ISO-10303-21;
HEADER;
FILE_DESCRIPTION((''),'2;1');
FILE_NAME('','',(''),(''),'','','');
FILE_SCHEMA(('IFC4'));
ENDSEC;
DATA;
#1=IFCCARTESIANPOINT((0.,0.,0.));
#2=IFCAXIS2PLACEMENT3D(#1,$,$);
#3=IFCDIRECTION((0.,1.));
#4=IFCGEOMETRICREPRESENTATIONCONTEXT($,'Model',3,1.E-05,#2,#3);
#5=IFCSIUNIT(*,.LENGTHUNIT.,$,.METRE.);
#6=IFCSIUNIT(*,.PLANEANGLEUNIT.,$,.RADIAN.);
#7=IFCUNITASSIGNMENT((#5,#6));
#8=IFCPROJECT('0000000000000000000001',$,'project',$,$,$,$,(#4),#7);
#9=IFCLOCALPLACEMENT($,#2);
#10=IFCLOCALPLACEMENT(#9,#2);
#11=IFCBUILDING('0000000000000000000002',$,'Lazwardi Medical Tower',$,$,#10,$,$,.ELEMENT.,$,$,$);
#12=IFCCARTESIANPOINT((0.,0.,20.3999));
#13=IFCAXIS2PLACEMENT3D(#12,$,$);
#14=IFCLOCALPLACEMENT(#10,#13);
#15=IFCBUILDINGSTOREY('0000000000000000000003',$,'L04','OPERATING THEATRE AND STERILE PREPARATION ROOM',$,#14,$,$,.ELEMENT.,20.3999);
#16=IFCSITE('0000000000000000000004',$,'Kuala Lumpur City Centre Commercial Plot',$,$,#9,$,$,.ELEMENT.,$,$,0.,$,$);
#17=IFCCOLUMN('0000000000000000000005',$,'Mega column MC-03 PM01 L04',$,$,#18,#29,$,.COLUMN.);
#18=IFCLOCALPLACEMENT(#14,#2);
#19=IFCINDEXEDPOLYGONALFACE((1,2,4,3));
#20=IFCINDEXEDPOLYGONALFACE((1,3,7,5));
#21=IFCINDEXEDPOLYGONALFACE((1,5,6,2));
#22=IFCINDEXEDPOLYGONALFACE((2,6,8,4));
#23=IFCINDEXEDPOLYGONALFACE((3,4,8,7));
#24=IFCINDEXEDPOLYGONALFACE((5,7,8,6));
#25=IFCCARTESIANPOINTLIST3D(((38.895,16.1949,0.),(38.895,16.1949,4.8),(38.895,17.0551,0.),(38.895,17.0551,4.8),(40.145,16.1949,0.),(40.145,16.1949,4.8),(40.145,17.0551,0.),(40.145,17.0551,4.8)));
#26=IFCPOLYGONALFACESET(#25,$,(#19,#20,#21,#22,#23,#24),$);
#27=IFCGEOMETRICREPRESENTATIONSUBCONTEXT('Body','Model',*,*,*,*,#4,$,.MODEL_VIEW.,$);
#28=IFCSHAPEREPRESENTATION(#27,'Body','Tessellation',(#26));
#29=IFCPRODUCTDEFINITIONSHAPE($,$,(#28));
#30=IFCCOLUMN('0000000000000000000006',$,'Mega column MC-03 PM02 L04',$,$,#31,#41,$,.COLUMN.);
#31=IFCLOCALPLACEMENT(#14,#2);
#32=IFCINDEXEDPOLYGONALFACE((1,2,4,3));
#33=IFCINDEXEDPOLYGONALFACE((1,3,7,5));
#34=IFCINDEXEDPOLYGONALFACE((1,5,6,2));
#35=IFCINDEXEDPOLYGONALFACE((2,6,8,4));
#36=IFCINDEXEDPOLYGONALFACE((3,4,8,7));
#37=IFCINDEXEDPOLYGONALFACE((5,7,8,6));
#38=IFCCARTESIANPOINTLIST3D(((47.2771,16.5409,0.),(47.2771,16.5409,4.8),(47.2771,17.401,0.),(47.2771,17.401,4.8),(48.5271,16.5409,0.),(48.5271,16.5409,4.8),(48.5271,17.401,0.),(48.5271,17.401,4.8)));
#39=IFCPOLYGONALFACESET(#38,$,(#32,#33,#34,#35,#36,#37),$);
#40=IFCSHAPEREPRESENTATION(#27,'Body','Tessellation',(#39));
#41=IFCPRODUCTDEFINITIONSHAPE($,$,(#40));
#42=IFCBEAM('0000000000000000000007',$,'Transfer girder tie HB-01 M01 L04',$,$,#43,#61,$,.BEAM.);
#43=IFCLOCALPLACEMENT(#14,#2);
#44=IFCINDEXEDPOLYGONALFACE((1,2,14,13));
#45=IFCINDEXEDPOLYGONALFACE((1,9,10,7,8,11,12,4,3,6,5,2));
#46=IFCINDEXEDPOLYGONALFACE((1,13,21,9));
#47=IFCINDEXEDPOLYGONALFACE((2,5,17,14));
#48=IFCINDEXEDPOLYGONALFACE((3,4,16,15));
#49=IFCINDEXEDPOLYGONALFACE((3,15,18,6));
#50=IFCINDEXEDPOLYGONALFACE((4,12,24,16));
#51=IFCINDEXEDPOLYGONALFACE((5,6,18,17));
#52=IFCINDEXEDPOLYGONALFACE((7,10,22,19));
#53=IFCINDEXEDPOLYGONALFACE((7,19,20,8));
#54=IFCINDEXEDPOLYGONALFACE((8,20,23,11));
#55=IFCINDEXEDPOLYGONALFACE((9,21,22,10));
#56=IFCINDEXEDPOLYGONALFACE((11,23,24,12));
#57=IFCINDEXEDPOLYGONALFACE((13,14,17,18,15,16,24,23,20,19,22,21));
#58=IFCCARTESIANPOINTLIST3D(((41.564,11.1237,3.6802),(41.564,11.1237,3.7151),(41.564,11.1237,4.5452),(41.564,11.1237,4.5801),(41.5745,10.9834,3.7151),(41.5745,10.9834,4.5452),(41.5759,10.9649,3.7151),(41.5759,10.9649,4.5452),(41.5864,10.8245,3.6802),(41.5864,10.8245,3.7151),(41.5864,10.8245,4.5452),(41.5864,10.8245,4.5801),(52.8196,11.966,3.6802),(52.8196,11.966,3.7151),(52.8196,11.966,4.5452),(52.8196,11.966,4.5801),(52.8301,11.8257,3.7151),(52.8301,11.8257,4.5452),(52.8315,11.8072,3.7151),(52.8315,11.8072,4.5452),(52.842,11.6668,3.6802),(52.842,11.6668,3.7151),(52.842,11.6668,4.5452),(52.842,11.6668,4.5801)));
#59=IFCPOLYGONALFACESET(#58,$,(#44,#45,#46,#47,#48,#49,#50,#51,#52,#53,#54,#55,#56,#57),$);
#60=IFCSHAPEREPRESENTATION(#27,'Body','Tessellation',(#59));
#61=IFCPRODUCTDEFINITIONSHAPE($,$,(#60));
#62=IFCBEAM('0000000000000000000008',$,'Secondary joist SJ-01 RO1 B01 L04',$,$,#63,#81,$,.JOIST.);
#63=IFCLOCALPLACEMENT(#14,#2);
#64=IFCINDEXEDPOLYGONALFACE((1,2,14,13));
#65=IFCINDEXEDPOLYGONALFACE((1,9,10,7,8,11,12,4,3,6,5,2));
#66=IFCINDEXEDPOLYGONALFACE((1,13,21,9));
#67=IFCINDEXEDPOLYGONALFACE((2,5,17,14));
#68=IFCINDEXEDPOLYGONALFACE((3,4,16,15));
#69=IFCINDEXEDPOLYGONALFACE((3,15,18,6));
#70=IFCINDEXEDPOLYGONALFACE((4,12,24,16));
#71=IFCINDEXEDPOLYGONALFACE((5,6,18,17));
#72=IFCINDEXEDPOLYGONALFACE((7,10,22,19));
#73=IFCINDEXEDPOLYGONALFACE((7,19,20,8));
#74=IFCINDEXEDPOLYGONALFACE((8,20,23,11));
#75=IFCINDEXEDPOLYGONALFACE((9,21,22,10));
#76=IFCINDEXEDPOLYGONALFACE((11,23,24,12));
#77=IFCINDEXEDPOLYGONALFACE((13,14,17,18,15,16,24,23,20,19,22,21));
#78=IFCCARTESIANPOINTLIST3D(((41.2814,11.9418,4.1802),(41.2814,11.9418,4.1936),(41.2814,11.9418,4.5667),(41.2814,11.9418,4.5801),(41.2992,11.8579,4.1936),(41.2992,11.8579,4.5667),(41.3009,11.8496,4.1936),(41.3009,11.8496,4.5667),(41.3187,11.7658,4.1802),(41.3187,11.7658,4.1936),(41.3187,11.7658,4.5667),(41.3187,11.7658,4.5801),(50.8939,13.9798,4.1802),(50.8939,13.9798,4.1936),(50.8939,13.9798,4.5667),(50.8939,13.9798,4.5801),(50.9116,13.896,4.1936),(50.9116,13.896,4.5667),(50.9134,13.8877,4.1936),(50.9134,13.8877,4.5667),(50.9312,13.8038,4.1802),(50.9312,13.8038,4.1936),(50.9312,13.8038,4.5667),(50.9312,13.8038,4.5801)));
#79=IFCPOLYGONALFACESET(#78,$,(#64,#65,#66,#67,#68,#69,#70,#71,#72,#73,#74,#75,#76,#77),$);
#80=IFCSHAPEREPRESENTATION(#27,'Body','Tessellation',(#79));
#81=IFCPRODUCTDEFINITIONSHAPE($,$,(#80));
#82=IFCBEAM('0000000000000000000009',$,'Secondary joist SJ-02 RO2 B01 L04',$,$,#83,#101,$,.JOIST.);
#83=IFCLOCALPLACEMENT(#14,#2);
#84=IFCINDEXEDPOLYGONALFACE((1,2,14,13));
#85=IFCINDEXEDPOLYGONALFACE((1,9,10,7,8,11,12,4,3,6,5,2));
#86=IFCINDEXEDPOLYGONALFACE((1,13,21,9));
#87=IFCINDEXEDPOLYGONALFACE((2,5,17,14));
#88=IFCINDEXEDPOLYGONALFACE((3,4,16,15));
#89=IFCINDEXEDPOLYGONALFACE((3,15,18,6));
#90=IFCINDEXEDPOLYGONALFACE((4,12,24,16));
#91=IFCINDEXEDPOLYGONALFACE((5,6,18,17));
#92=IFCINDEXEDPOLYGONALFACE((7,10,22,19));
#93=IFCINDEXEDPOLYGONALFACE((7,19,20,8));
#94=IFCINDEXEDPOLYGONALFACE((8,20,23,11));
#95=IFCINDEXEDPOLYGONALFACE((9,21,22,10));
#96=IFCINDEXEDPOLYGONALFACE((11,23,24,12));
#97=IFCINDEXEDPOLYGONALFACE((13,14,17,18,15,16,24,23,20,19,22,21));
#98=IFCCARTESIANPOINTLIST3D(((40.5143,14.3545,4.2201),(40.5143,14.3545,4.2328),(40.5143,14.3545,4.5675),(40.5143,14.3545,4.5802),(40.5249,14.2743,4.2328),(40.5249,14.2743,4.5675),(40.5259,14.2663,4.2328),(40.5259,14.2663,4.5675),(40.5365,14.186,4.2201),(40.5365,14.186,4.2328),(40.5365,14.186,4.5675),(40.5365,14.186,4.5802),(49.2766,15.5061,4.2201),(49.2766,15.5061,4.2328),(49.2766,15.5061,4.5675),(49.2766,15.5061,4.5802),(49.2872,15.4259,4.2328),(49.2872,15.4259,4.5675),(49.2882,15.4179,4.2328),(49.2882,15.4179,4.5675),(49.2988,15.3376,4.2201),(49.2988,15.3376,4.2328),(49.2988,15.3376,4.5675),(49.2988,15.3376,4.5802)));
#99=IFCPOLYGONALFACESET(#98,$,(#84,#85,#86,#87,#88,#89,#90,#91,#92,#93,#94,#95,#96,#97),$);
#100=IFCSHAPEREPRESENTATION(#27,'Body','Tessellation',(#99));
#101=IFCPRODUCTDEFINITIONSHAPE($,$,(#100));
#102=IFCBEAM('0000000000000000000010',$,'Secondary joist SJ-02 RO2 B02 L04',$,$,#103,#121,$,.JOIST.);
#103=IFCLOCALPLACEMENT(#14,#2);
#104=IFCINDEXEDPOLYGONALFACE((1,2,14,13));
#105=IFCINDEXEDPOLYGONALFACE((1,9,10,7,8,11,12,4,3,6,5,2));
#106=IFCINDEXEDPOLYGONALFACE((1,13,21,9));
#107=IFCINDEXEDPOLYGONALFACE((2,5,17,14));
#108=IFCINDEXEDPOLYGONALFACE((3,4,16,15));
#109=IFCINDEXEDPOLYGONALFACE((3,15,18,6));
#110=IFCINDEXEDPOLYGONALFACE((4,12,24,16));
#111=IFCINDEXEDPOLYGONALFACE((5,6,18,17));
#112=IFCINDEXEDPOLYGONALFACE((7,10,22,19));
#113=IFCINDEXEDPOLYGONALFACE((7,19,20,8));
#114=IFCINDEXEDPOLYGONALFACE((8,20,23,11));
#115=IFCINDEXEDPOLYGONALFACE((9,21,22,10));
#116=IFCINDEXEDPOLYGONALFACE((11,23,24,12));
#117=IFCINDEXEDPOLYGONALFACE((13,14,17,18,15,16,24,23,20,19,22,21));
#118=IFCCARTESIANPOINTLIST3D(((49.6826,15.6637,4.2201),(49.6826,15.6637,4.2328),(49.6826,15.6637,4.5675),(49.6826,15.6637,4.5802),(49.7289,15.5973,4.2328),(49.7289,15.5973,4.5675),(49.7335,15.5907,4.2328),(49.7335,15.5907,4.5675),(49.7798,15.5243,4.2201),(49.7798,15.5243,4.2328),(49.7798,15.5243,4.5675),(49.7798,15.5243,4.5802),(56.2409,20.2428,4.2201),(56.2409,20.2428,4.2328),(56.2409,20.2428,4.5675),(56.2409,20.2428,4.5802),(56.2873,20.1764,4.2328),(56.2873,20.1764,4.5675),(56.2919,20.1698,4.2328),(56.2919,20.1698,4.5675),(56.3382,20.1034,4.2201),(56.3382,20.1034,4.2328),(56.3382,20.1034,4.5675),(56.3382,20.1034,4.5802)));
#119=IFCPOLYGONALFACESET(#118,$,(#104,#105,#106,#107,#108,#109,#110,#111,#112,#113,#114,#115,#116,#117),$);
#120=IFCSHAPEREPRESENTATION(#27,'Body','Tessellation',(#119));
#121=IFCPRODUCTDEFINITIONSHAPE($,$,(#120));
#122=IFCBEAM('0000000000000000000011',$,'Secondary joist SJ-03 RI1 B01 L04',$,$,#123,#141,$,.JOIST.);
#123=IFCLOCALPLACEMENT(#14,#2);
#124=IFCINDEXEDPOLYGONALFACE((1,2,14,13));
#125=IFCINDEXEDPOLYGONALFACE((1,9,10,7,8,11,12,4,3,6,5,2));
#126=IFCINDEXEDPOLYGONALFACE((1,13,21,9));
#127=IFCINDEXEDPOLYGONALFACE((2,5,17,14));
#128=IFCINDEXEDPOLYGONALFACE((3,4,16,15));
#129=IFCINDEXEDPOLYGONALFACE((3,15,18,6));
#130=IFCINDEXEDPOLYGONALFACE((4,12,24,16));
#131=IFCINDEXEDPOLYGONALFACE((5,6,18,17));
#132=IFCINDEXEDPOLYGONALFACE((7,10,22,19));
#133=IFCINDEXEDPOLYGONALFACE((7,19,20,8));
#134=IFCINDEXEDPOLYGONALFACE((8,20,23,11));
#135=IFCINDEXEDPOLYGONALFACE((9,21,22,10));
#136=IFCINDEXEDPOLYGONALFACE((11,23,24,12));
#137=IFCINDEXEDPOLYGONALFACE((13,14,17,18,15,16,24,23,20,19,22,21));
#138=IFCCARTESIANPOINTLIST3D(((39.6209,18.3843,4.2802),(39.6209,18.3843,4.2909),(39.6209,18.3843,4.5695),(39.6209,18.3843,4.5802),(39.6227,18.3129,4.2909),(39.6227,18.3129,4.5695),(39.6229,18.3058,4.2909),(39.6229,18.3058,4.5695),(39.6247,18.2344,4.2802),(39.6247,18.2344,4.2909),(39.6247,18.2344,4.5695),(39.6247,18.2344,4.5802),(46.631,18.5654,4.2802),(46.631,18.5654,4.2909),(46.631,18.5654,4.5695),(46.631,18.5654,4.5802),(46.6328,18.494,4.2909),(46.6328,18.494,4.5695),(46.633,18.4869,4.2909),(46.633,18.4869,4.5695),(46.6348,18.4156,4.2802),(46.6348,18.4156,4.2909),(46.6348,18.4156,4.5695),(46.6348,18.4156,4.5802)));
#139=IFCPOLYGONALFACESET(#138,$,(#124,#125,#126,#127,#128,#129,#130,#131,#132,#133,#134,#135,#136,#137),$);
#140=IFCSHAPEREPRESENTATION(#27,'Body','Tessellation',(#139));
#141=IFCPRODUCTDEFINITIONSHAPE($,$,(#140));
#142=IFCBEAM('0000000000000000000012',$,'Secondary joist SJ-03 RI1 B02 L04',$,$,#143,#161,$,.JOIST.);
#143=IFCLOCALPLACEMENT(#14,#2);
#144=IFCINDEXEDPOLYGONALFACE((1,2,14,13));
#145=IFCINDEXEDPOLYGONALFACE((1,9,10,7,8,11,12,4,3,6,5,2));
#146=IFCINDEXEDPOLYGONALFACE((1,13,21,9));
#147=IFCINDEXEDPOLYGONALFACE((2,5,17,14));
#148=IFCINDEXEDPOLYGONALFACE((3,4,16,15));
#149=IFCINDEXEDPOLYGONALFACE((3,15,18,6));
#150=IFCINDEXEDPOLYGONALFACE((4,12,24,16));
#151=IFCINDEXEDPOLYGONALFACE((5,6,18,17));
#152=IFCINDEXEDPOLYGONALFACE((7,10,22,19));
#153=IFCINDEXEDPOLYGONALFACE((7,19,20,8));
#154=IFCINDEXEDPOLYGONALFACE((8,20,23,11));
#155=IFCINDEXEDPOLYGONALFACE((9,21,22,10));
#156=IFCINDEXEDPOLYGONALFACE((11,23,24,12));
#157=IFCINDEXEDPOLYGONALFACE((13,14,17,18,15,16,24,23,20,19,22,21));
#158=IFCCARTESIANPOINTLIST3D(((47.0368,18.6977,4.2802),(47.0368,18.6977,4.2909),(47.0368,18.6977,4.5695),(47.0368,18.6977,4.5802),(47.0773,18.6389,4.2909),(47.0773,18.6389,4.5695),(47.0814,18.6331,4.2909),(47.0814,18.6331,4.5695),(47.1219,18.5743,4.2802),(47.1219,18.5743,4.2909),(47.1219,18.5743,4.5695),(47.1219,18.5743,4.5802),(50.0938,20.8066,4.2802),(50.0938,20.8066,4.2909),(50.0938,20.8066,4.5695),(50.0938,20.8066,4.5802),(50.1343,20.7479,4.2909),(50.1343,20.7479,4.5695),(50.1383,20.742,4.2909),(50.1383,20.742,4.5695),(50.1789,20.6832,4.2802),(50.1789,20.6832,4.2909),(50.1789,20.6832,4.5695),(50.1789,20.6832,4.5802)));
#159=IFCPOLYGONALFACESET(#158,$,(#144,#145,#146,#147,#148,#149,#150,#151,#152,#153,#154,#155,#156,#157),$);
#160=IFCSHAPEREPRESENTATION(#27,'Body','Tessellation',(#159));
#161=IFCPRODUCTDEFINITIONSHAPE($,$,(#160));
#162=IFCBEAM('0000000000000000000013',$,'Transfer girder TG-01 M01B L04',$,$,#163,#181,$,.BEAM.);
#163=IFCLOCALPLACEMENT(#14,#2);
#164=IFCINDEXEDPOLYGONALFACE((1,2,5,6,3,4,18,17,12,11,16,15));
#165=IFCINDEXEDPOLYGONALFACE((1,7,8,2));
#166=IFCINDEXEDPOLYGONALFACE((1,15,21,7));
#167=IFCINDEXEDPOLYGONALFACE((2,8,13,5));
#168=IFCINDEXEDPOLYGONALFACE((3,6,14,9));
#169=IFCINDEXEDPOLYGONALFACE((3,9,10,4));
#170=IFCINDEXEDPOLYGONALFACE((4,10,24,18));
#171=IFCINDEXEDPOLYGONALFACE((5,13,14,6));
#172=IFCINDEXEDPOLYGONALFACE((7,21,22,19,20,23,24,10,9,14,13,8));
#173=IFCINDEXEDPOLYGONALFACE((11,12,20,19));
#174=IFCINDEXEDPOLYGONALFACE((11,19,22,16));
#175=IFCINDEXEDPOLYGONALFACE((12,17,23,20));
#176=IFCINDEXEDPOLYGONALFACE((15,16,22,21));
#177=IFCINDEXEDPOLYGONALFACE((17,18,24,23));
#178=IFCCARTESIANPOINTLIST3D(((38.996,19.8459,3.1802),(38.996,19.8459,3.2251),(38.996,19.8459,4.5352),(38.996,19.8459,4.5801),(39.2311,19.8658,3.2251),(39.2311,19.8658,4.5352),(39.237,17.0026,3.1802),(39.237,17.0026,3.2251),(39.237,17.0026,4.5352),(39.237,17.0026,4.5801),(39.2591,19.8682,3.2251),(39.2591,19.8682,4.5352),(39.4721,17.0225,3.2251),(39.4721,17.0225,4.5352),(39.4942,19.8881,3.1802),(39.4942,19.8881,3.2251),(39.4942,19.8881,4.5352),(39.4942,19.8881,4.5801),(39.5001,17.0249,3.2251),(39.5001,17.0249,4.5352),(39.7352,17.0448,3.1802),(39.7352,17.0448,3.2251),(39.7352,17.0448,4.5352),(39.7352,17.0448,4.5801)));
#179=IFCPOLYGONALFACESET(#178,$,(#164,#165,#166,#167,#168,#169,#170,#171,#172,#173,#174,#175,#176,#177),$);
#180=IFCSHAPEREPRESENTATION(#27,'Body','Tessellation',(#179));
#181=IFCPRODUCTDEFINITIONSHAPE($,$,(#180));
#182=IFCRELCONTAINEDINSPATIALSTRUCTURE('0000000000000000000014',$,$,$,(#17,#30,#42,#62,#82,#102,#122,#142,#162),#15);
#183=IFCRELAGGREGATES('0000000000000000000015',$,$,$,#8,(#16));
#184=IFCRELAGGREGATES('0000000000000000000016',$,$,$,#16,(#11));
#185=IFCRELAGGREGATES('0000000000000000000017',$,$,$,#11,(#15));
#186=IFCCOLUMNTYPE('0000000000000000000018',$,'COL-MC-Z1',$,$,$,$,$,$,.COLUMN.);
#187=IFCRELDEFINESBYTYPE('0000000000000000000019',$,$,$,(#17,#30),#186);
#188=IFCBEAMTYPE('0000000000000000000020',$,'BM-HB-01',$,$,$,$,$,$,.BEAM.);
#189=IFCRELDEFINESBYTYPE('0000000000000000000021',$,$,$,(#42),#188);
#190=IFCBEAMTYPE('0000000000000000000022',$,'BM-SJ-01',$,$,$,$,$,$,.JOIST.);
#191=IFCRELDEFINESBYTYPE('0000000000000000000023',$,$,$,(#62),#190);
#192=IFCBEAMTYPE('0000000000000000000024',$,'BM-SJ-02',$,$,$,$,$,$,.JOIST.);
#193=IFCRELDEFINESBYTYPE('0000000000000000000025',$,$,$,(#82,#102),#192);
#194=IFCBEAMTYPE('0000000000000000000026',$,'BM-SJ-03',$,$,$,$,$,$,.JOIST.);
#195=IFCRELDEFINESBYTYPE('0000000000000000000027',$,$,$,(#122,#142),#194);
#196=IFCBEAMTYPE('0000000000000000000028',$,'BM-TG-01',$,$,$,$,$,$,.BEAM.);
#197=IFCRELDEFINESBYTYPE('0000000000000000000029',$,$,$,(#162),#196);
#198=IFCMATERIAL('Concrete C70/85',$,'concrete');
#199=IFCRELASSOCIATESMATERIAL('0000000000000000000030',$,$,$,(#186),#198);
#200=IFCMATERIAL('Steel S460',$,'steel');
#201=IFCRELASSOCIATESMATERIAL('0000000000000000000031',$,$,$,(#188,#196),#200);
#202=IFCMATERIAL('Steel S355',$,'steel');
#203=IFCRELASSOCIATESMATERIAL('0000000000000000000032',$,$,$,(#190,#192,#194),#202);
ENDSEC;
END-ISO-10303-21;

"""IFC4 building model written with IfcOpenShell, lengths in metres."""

from ifc_helpers import new_model, si_unit, direction, frame, origin, origin_2d, place, context, subcontext, project, spatial, rectangle, i_section, extrude, material, material_profile, profile_set, type_object, element, save


model = new_model("IFC4")

# Units and contexts
model_context = context("Model", 3, precision=1e-05, world=origin(), true_north=direction((0.0, 1.0)))
body_context = subcontext(model_context, "Body", "Model", "MODEL_VIEW")
ifc_project = project(units=[si_unit("LENGTHUNIT", "METRE"), si_unit("PLANEANGLEUNIT", "RADIAN")], contexts=[model_context])

# Site, building, storey
site_placement = place(None, origin())
site = spatial("IfcSite", under=ifc_project, at=site_placement, Name="Kuala Lumpur City Centre Commercial Plot", CompositionType="ELEMENT", RefElevation=0.0)
building_placement = place(site_placement, origin())
building = spatial("IfcBuilding", under=site, at=building_placement, Name="Lazwardi Medical Tower", CompositionType="ELEMENT")
storey_placement = place(building_placement, frame((0.0, 0.0, 20.3999)))
storey = spatial("IfcBuildingStorey", under=building, at=storey_placement, Name="L04", Description="OPERATING THEATRE AND STERILE PREPARATION ROOM", CompositionType="ELEMENT", Elevation=20.3999)

# Columns
ifc_material_1 = material(Name="Concrete C70/85", Category="concrete")
ifc_material_profile_1 = material_profile(ifc_material_1, rectangle(XDim=1.25, YDim=0.8601, at=origin_2d()), Name="CFT-RECT 1250x860")
ifc_profile_set_1 = profile_set([ifc_material_profile_1], Name="Concrete C70/85")
column_type = type_object("IfcColumnType", Name="COL-MC-Z1", PredefinedType="COLUMN", material=ifc_profile_set_1)
for number, where, z_axis, x_axis, name in (
    (1, (39.52, 16.625, 0.0), (0.0, 0.0, 1.0), (1.0, 0.0, 0.0), "Mega column MC-03 PM01 L04"),
    (2, (47.9021, 16.9709, 0.0), (0.0, 0.0, 1.0), (1.0, 0.0, 0.0), "Mega column MC-03 PM02 L04"),
):
    element("IfcColumn", number, at=place(storey_placement, frame(where, z_axis=z_axis, x_axis=x_axis)), inside=storey, type_object=column_type, Name=name, PredefinedType="COLUMN", context=body_context, shape_type="SweptSolid", body=[
        extrude(rectangle(XDim=1.25, YDim=0.8601, at=origin_2d()), origin(), (0.0, 0.0, 1.0), 4.8),
    ])

# Beams
ifc_material_2 = material(Name="Steel S460", Category="steel")
ifc_material_profile_2 = material_profile(ifc_material_2, i_section(OverallWidth=0.3, OverallDepth=0.8999, WebThickness=0.0186, FlangeThickness=0.0349, at=origin_2d()), Name="HEB 900")
ifc_profile_set_2 = profile_set([ifc_material_profile_2], Name="Steel S460")
beam_type_1 = type_object("IfcBeamType", Name="BM-HB-01", PredefinedType="BEAM", material=ifc_profile_set_2)
beam_1_placement = place(storey_placement, frame((41.5752, 10.9741, 4.1301), z_axis=(0.997212, 0.074624, 0.0), x_axis=(-0.074624, 0.997212, 0.0)))
element("IfcBeam", 3, at=beam_1_placement, inside=storey, type_object=beam_type_1, Name="Transfer girder tie HB-01 M01 L04", PredefinedType="BEAM", context=body_context, shape_type="SweptSolid", body=[
    extrude(i_section(OverallWidth=0.3, OverallDepth=0.8999, WebThickness=0.0186, FlangeThickness=0.0349, at=origin_2d()), origin(), (0.0, 0.0, 1.0), 11.2871),
])
ifc_material_3 = material(Name="Steel S355", Category="steel")
ifc_material_profile_3 = material_profile(ifc_material_3, i_section(OverallWidth=0.1799, OverallDepth=0.3999, WebThickness=0.0085, FlangeThickness=0.0134, at=origin_2d()), Name="IPE 400")
ifc_profile_set_3 = profile_set([ifc_material_profile_3], Name="Steel S355")
beam_type_2 = type_object("IfcBeamType", Name="BM-SJ-01", PredefinedType="JOIST", material=ifc_profile_set_3)
beam_2_placement = place(storey_placement, frame((41.3, 11.8538, 4.3801), z_axis=(0.978254, 0.207413, 0.0), x_axis=(-0.207413, 0.978254, 0.0)))
element("IfcBeam", 4, at=beam_2_placement, inside=storey, type_object=beam_type_2, Name="Secondary joist SJ-01 RO1 B01 L04", PredefinedType="JOIST", context=body_context, shape_type="SweptSolid", body=[
    extrude(i_section(OverallWidth=0.1799, OverallDepth=0.3999, WebThickness=0.0085, FlangeThickness=0.0134, at=origin_2d()), origin(), (0.0, 0.0, 1.0), 9.8262),
])
ifc_material_profile_4 = material_profile(ifc_material_3, i_section(OverallWidth=0.1699, OverallDepth=0.3601, WebThickness=0.0081, FlangeThickness=0.0127, at=origin_2d()), Name="IPE 360")
ifc_profile_set_4 = profile_set([ifc_material_profile_4], Name="Steel S355")
beam_type_3 = type_object("IfcBeamType", Name="BM-SJ-02", PredefinedType="JOIST", material=ifc_profile_set_4)
beam_3_placement = place(storey_placement, frame((40.5254, 14.2703, 4.4001), z_axis=(0.991473, 0.130309, 0.0), x_axis=(-0.130309, 0.991473, 0.0)))
element("IfcBeam", 5, at=beam_3_placement, inside=storey, type_object=beam_type_3, Name="Secondary joist SJ-02 RO2 B01 L04", PredefinedType="JOIST", context=body_context, shape_type="SweptSolid", body=[
    extrude(i_section(OverallWidth=0.1699, OverallDepth=0.3601, WebThickness=0.0081, FlangeThickness=0.0127, at=origin_2d()), origin(), (0.0, 0.0, 1.0), 8.8376),
])
beam_4_placement = place(storey_placement, frame((49.7312, 15.594, 4.4001), z_axis=(0.819921, 0.572477, 0.0), x_axis=(-0.572477, 0.819921, 0.0)))
element("IfcBeam", 6, at=beam_4_placement, inside=storey, type_object=beam_type_3, Name="Secondary joist SJ-02 RO2 B02 L04", PredefinedType="JOIST", context=body_context, shape_type="SweptSolid", body=[
    extrude(i_section(OverallWidth=0.1699, OverallDepth=0.3601, WebThickness=0.0081, FlangeThickness=0.0127, at=origin_2d()), origin(), (0.0, 0.0, 1.0), 7.9988),
])
ifc_material_profile_5 = material_profile(ifc_material_3, i_section(OverallWidth=0.1499, OverallDepth=0.3, WebThickness=0.0071, FlangeThickness=0.0107, at=origin_2d()), Name="IPE 300")
ifc_profile_set_5 = profile_set([ifc_material_profile_5], Name="Steel S355")
beam_type_4 = type_object("IfcBeamType", Name="BM-SJ-03", PredefinedType="JOIST", material=ifc_profile_set_5)
beam_5_placement = place(storey_placement, frame((39.6228, 18.3093, 4.4302), z_axis=(0.999666, 0.025833, 0.0), x_axis=(-0.025833, 0.999666, 0.0)))
element("IfcBeam", 7, at=beam_5_placement, inside=storey, type_object=beam_type_4, Name="Secondary joist SJ-03 RI1 B01 L04", PredefinedType="JOIST", context=body_context, shape_type="SweptSolid", body=[
    extrude(i_section(OverallWidth=0.1499, OverallDepth=0.3, WebThickness=0.0071, FlangeThickness=0.0107, at=origin_2d()), origin(), (0.0, 0.0, 1.0), 7.0125),
])
beam_6_placement = place(storey_placement, frame((47.0793, 18.636, 4.4302), z_axis=(0.823126, 0.567859, 0.0), x_axis=(-0.567859, 0.823126, 0.0)))
element("IfcBeam", 8, at=beam_6_placement, inside=storey, type_object=beam_type_4, Name="Secondary joist SJ-03 RI1 B02 L04", PredefinedType="JOIST", context=body_context, shape_type="SweptSolid", body=[
    extrude(i_section(OverallWidth=0.1499, OverallDepth=0.3, WebThickness=0.0071, FlangeThickness=0.0107, at=origin_2d()), origin(), (0.0, 0.0, 1.0), 3.7139),
])
ifc_material_profile_6 = material_profile(ifc_material_2, i_section(OverallWidth=0.5, OverallDepth=1.3999, WebThickness=0.0281, FlangeThickness=0.0449, at=origin_2d()), Name="PG 1400x500")
ifc_profile_set_6 = profile_set([ifc_material_profile_6], Name="Steel S460")
beam_type_5 = type_object("IfcBeamType", Name="BM-TG-01", PredefinedType="BEAM", material=ifc_profile_set_6)
beam_7_placement = place(storey_placement, frame((39.4861, 17.0237, 3.8801), z_axis=(-0.084447, 0.996428, 0.0), x_axis=(-0.996428, -0.084447, 0.0)))
element("IfcBeam", 9, at=beam_7_placement, inside=storey, type_object=beam_type_5, Name="Transfer girder TG-01 M01B L04", PredefinedType="BEAM", context=body_context, shape_type="SweptSolid", body=[
    extrude(i_section(OverallWidth=0.5, OverallDepth=1.3999, WebThickness=0.0281, FlangeThickness=0.0449, at=origin_2d()), origin(), (0.0, 0.0, 1.0), 2.8535),
])

save(model, "model.ifc")
